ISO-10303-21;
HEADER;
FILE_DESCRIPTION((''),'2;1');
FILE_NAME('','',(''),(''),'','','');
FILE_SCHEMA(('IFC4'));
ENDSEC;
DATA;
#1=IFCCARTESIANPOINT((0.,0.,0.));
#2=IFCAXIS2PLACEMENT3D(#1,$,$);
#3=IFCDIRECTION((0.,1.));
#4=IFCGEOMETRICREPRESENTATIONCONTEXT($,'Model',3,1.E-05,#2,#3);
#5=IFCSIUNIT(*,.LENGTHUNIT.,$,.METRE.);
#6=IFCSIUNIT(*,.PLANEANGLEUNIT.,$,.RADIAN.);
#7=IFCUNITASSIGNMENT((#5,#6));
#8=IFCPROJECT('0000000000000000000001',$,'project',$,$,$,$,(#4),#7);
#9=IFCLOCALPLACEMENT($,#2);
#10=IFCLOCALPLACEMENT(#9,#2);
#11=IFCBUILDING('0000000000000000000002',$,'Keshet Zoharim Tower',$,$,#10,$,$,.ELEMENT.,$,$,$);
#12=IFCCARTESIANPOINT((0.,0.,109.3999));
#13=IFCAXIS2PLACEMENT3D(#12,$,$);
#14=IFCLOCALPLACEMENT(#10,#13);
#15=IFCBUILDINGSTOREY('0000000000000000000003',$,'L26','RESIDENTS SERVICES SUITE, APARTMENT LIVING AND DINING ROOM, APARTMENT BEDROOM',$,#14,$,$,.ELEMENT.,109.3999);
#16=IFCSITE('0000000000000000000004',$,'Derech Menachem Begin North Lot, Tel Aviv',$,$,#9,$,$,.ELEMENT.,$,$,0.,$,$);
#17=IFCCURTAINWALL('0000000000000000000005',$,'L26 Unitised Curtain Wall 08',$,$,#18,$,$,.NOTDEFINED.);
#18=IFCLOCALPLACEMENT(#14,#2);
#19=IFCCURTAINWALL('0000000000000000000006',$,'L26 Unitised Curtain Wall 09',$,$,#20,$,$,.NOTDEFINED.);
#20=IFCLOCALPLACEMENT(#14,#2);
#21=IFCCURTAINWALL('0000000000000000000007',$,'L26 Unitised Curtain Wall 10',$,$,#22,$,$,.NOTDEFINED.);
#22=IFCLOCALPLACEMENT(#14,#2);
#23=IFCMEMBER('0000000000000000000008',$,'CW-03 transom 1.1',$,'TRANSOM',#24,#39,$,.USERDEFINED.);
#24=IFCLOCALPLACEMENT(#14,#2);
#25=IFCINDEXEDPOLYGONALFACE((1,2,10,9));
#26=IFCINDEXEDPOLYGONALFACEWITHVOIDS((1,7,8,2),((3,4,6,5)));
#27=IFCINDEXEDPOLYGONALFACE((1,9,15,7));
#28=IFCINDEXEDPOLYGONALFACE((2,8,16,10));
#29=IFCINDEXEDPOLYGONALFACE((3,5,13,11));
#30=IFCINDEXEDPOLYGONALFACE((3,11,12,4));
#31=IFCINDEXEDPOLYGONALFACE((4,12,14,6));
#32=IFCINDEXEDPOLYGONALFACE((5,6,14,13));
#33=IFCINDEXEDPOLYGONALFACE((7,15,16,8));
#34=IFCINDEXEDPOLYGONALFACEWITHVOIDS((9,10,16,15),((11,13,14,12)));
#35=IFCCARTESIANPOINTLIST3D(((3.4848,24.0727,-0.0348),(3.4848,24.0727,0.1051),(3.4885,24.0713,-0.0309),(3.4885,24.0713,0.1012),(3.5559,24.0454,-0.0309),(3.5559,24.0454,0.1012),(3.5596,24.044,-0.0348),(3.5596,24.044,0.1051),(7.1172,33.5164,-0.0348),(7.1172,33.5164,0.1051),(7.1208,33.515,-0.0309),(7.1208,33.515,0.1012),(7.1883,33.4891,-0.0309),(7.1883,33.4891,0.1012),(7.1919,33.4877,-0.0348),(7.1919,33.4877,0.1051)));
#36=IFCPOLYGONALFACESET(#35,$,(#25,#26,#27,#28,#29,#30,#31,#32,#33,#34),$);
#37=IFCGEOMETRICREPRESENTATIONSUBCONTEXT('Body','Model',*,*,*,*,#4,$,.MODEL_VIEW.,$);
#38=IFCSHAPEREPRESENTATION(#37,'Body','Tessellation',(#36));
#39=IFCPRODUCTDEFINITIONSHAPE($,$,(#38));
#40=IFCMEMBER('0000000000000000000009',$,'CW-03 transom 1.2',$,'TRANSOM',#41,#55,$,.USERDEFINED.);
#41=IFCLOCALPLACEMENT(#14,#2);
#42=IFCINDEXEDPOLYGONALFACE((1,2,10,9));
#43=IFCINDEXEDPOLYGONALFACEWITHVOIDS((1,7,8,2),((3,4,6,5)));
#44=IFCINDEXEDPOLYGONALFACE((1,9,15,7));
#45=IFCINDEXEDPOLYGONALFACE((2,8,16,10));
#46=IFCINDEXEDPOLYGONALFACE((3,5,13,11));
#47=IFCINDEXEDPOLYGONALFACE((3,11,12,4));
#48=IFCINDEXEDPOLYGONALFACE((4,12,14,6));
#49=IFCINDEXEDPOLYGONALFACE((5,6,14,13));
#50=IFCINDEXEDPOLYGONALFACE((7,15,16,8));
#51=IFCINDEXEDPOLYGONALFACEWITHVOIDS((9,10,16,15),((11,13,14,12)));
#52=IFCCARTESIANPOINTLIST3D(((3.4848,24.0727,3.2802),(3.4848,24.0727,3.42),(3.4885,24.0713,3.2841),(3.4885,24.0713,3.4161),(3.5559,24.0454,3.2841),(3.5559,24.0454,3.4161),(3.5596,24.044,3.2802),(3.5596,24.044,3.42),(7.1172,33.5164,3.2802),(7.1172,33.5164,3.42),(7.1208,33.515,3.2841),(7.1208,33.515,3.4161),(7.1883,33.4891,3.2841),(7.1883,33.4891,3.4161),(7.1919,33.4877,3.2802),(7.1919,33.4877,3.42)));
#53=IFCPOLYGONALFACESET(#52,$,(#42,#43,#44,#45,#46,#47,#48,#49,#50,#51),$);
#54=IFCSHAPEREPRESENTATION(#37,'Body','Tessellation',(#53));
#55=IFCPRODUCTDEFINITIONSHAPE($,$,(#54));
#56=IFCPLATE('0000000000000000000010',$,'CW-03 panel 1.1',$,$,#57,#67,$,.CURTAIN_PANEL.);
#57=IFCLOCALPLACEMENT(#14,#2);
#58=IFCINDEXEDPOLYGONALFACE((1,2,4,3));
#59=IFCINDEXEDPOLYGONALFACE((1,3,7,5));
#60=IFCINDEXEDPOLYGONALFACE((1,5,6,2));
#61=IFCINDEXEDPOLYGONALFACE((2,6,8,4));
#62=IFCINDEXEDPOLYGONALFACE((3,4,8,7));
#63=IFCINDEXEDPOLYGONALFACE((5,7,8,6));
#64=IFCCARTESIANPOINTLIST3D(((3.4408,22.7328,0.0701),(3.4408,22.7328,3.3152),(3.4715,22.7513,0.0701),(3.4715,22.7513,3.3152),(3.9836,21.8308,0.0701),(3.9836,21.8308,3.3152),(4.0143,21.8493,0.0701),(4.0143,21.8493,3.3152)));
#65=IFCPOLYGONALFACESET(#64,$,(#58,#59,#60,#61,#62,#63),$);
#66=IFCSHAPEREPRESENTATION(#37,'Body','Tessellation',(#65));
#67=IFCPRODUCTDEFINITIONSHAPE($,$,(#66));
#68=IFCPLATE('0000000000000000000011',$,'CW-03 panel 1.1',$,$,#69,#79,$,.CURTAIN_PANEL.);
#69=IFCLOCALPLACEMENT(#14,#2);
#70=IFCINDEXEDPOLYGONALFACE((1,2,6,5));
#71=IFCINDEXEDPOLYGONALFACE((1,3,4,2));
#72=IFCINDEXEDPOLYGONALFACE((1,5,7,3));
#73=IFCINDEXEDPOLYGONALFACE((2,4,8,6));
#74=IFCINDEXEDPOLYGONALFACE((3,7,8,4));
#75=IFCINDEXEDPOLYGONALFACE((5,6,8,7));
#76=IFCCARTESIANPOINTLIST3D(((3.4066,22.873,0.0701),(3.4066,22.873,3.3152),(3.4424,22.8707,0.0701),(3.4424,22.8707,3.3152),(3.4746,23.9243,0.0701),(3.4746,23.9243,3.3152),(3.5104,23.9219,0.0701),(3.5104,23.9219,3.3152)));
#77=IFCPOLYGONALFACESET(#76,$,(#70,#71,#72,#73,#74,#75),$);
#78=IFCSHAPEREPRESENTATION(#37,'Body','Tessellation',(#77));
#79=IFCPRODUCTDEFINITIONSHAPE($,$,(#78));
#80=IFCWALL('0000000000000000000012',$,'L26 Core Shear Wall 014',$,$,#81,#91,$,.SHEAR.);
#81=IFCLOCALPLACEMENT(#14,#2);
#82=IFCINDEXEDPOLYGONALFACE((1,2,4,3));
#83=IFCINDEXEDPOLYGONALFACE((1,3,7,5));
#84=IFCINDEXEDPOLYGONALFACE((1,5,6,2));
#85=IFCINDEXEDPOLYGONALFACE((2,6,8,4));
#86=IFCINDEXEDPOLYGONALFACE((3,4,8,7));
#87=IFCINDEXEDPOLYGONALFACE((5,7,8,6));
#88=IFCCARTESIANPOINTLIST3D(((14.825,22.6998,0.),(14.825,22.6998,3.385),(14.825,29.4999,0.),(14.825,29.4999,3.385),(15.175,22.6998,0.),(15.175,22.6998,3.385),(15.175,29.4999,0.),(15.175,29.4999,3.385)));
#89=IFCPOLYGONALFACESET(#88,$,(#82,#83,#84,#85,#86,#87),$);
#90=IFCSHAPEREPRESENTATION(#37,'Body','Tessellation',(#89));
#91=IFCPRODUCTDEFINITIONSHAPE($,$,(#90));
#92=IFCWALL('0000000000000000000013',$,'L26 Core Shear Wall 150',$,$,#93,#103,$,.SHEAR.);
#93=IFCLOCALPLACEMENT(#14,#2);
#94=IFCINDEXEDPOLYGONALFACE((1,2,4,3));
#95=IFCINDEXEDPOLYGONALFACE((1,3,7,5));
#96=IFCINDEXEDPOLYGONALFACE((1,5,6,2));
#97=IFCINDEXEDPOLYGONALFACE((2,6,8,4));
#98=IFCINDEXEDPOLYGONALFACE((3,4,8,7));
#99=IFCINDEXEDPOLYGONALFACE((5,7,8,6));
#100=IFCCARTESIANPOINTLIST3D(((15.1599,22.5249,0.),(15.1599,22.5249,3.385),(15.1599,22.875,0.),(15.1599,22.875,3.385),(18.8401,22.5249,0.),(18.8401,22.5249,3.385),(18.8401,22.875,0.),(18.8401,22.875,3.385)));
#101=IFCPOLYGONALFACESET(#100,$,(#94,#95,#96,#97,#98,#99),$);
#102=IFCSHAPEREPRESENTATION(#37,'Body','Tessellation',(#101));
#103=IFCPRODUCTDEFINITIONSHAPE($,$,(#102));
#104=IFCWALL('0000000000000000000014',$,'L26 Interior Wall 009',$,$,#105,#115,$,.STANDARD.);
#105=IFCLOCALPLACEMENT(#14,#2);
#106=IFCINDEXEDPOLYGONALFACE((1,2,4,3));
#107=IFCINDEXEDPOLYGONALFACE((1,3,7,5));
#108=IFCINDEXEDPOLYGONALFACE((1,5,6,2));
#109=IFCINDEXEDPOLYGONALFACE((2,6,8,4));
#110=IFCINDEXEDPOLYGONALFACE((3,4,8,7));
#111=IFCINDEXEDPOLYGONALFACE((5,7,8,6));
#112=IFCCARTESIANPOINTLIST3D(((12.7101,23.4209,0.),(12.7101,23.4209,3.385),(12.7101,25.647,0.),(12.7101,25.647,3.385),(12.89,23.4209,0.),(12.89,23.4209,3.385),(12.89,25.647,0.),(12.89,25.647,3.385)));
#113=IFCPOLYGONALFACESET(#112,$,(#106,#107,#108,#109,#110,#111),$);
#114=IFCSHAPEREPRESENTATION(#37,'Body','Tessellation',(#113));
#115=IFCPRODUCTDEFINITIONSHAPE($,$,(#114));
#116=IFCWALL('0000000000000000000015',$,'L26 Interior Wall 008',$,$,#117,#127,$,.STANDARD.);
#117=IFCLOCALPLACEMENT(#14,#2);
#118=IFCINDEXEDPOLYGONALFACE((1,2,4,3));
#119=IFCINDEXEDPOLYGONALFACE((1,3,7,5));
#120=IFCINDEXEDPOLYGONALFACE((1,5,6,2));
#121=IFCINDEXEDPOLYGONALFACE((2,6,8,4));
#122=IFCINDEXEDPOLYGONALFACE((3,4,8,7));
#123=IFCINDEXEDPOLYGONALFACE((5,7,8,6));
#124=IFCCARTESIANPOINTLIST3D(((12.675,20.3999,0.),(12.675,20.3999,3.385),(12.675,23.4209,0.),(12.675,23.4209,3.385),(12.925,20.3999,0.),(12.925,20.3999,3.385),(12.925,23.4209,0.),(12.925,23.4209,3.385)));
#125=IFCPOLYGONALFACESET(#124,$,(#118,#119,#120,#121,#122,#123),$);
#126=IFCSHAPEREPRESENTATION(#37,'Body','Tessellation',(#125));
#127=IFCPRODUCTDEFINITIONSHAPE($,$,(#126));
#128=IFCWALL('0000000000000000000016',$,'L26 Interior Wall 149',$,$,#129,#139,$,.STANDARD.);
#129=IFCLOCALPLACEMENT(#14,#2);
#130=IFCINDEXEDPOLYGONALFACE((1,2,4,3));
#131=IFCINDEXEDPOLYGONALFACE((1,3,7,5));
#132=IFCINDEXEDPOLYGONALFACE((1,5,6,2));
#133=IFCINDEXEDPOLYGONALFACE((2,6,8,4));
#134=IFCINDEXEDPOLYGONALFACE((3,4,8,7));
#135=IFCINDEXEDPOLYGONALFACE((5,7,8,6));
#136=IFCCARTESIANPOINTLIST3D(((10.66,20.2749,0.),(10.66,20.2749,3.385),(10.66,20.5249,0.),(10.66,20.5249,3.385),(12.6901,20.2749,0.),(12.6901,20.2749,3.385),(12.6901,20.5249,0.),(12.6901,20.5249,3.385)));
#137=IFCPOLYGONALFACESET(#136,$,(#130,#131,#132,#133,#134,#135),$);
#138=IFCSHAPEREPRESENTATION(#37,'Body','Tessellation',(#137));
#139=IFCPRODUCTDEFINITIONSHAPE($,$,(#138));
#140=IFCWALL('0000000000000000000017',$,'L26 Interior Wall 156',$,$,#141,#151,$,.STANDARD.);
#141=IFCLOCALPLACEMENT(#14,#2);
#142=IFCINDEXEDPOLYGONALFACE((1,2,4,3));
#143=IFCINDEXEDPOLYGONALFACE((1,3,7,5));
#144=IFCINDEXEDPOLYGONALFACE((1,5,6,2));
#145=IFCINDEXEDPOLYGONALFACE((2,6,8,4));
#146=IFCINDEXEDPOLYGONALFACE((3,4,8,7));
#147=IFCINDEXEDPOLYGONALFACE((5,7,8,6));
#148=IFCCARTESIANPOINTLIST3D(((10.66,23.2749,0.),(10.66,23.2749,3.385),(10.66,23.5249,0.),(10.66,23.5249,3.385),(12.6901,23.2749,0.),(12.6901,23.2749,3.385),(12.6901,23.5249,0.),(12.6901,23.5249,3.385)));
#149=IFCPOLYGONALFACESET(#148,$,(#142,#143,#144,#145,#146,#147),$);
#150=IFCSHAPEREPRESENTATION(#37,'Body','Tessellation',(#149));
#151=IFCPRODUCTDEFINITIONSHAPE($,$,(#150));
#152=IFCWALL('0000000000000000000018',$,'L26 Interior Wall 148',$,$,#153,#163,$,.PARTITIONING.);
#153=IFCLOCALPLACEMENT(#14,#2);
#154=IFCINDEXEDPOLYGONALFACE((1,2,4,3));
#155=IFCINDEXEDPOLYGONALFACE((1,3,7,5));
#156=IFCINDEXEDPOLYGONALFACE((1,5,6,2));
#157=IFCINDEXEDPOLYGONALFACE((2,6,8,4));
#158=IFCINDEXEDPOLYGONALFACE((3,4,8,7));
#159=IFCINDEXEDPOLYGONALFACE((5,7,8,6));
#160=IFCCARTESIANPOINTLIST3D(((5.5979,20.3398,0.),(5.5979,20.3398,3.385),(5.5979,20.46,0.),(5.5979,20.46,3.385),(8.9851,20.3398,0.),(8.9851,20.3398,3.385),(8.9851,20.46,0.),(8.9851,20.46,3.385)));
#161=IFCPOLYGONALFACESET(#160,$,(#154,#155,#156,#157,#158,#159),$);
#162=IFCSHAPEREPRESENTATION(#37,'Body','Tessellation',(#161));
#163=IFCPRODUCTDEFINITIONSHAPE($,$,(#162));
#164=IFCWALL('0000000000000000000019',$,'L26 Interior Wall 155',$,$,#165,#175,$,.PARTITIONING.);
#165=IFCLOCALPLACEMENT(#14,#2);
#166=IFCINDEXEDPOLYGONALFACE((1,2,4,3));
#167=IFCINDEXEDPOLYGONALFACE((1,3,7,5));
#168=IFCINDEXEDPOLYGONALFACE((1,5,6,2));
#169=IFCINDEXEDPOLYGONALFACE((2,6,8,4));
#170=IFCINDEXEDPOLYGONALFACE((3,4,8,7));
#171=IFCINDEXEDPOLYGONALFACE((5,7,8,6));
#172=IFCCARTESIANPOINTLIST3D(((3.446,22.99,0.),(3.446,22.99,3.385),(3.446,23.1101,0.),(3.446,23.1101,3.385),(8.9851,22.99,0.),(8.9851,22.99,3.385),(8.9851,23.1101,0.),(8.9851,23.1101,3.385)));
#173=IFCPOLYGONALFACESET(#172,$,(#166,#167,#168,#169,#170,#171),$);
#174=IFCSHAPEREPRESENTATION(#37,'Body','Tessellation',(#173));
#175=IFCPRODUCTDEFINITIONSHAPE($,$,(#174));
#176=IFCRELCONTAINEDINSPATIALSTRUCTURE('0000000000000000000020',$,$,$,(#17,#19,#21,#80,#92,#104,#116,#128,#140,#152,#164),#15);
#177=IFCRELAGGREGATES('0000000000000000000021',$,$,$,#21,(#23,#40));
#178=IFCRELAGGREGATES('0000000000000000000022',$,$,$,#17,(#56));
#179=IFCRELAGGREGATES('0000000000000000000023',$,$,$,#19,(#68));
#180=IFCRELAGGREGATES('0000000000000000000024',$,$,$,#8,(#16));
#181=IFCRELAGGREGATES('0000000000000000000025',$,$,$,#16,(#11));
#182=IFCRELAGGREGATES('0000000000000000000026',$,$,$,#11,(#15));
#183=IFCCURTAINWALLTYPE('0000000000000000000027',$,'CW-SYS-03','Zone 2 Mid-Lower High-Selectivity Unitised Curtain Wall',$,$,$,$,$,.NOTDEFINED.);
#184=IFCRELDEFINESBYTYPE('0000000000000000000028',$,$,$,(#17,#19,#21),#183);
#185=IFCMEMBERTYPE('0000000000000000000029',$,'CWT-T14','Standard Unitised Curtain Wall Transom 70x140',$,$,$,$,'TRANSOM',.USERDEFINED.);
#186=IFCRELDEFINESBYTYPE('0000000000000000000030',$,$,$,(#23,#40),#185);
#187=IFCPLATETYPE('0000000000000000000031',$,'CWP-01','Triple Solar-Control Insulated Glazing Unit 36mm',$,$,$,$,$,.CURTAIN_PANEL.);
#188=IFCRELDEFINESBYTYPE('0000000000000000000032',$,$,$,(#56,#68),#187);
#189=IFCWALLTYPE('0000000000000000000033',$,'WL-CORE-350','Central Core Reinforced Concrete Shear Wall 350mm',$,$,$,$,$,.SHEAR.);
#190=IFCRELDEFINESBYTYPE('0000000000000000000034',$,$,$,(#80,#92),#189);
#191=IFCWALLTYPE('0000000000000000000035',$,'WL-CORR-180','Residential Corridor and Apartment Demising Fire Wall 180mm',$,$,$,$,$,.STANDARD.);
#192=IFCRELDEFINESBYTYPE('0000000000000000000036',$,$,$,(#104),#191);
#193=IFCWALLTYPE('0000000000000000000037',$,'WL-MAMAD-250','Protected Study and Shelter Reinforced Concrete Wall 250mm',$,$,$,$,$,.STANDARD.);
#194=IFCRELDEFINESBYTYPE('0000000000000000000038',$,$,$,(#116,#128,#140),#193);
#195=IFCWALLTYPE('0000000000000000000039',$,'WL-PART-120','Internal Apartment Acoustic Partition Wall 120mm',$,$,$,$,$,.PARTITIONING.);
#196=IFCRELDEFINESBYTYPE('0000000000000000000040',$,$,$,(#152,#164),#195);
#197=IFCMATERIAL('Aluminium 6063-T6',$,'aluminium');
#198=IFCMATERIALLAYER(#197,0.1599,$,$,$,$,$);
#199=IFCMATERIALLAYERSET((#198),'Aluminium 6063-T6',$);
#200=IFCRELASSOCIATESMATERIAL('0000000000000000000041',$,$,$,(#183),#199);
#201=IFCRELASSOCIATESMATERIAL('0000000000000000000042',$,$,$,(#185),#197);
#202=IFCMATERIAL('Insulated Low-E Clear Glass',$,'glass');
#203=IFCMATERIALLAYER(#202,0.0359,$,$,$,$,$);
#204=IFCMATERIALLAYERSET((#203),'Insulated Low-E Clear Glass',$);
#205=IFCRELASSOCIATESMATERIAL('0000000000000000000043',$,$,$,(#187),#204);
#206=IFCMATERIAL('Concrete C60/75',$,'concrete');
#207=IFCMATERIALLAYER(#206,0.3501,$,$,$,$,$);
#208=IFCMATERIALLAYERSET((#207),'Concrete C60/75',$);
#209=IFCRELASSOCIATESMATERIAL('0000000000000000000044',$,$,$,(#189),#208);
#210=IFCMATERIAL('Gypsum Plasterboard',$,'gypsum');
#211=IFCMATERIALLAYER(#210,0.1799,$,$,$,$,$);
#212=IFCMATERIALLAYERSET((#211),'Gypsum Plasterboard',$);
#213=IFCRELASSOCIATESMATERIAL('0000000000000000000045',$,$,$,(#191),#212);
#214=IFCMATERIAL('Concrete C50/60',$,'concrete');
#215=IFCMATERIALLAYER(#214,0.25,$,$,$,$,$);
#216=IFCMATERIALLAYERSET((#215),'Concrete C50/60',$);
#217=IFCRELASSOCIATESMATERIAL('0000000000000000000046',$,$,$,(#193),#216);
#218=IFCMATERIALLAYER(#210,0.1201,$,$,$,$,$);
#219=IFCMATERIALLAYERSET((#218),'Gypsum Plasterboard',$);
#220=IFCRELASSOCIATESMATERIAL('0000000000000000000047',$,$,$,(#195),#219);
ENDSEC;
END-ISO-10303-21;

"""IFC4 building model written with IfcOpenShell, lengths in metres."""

from ifc_helpers import new_model, si_unit, direction, frame, frame_2d, origin, origin_2d, place, context, subcontext, project, spatial, rectangle, hollow_rectangle, extrude, material, layer, layer_set, material_profile, profile_set, type_object, element, aggregate, save


model = new_model("IFC4")

# Units and contexts
model_context = context("Model", 3, precision=1e-05, world=origin(), true_north=direction((0.0, 1.0)))
body_context = subcontext(model_context, "Body", "Model", "MODEL_VIEW")
ifc_project = project(units=[si_unit("LENGTHUNIT", "METRE"), si_unit("PLANEANGLEUNIT", "RADIAN")], contexts=[model_context])

# Site, building, storey
site_placement = place(None, origin())
site = spatial("IfcSite", under=ifc_project, at=site_placement, Name="Derech Menachem Begin North Lot, Tel Aviv", CompositionType="ELEMENT", RefElevation=0.0)
building_placement = place(site_placement, origin())
building = spatial("IfcBuilding", under=site, at=building_placement, Name="Keshet Zoharim Tower", CompositionType="ELEMENT")
storey_placement = place(building_placement, frame((0.0, 0.0, 109.3999)))
storey = spatial("IfcBuildingStorey", under=building, at=storey_placement, Name="L26", Description="RESIDENTS SERVICES SUITE, APARTMENT LIVING AND DINING ROOM, APARTMENT BEDROOM", CompositionType="ELEMENT", Elevation=109.3999)

# Shared definitions
ifc_material_1 = material(Name="Concrete C60/75", Category="concrete")

# Shared definitions
ifc_material_2 = material(Name="Aluminium 6063-T6", Category="aluminium")
ifc_layer_1 = layer(ifc_material_2, 0.1599)
ifc_layer_set_1 = layer_set([ifc_layer_1], Name="Aluminium 6063-T6")
curtain_wall_type = type_object("IfcCurtainWallType", Name="CW-SYS-03", Description="Zone 2 Mid-Lower High-Selectivity Unitised Curtain Wall", PredefinedType="NOTDEFINED", material=ifc_layer_set_1)

# Curtain walls
curtain_wall_1_placement = place(storey_placement, origin())
curtain_wall_1 = element("IfcCurtainWall", 1, at=curtain_wall_1_placement, inside=storey, type_object=curtain_wall_type, Name="L26 Unitised Curtain Wall 08", PredefinedType="NOTDEFINED")
curtain_wall_2_placement = place(storey_placement, origin())
curtain_wall_2 = element("IfcCurtainWall", 2, at=curtain_wall_2_placement, inside=storey, type_object=curtain_wall_type, Name="L26 Unitised Curtain Wall 09", PredefinedType="NOTDEFINED")

# Curtain wall
curtain_wall_3_placement = place(storey_placement, origin())
curtain_wall_3 = element("IfcCurtainWall", 3, at=curtain_wall_3_placement, inside=storey, type_object=curtain_wall_type, Name="L26 Unitised Curtain Wall 10", PredefinedType="NOTDEFINED")

# Members
ifc_material_profile_1 = material_profile(ifc_material_2, hollow_rectangle(XDim=0.0801, YDim=0.1399, WallThickness=0.0039, at=origin_2d()), Name="TRN-80x140")
ifc_profile_set_1 = profile_set([ifc_material_profile_1], Name="Aluminium 6063-T6")
member_type_1 = type_object("IfcMemberType", Name="CWT-T14", Description="Standard Unitised Curtain Wall Transom 70x140", ElementType="TRANSOM", PredefinedType="USERDEFINED", material=ifc_profile_set_1)
member_1_placement = place(storey_placement, frame((3.5222, 24.0583, 0.0352), z_axis=(0.358994, 0.93334, 0.0), x_axis=(-0.93334, 0.358994, 0.0)))
member_1 = element("IfcMember", 4, at=member_1_placement, type_object=member_type_1, Name="CW-03 transom 1.1", ObjectType="TRANSOM", PredefinedType="USERDEFINED", context=body_context, shape_type="SweptSolid", body=[
    extrude(hollow_rectangle(XDim=0.0801, YDim=0.1399, WallThickness=0.0039, at=origin_2d()), origin(), (0.0, 0.0, 1.0), 10.1182),
])
member_2_placement = place(storey_placement, frame((3.5222, 24.0583, 3.3501), z_axis=(0.358994, 0.93334, 0.0), x_axis=(-0.93334, 0.358994, 0.0)))
member_2 = element("IfcMember", 5, at=member_2_placement, type_object=member_type_1, Name="CW-03 transom 1.2", ObjectType="TRANSOM", PredefinedType="USERDEFINED", context=body_context, shape_type="SweptSolid", body=[
    extrude(hollow_rectangle(XDim=0.0801, YDim=0.1399, WallThickness=0.0039, at=origin_2d()), origin(), (0.0, 0.0, 1.0), 10.1182),
])
aggregate(curtain_wall_3, [member_1, member_2])

# Plates
ifc_material_3 = material(Name="Insulated Low-E Clear Glass", Category="glass")
ifc_layer_2 = layer(ifc_material_3, 0.0359)
ifc_layer_set_2 = layer_set([ifc_layer_2], Name="Insulated Low-E Clear Glass")
plate_type = type_object("IfcPlateType", Name="CWP-01", Description="Triple Solar-Control Insulated Glazing Unit 36mm", PredefinedType="CURTAIN_PANEL", material=ifc_layer_set_2)
plate_1_placement = place(storey_placement, frame((3.7275, 22.291, 0.0701), z_axis=(0.0, 0.0, 1.0), x_axis=(-0.515605, 0.856826, 0.0)))
plate_1 = element("IfcPlate", 6, at=plate_1_placement, type_object=plate_type, Name="CW-03 panel 1.1", PredefinedType="CURTAIN_PANEL", context=body_context, shape_type="SweptSolid", body=[
    extrude(rectangle(XDim=1.0527, YDim=0.0359, at=origin_2d()), origin(), (0.0, 0.0, 1.0), 3.2451),
])
aggregate(curtain_wall_1, [plate_1])
plate_2_placement = place(storey_placement, frame((3.4585, 23.3975, 0.0701), z_axis=(0.0, 0.0, 1.0), x_axis=(0.064517, 0.997917, 0.0)))
plate_2 = element("IfcPlate", 7, at=plate_2_placement, type_object=plate_type, Name="CW-03 panel 1.1", PredefinedType="CURTAIN_PANEL", context=body_context, shape_type="SweptSolid", body=[
    extrude(rectangle(XDim=1.0535, YDim=0.0359, at=origin_2d()), origin(), (0.0, 0.0, 1.0), 3.2451),
])
aggregate(curtain_wall_2, [plate_2])

# Walls
ifc_layer_3 = layer(ifc_material_1, 0.3501)
ifc_layer_set_3 = layer_set([ifc_layer_3], Name="Concrete C60/75")
wall_type_1 = type_object("IfcWallType", Name="WL-CORE-350", Description="Central Core Reinforced Concrete Shear Wall 350mm", PredefinedType="SHEAR", material=ifc_layer_set_3)
wall_1_placement = place(storey_placement, frame((15.0, 22.7, 0.0), z_axis=(0.0, 0.0, 1.0), x_axis=(0.0, 1.0, 0.0)))
element("IfcWall", 8, at=wall_1_placement, inside=storey, type_object=wall_type_1, Name="L26 Core Shear Wall 014", PredefinedType="SHEAR", context=body_context, shape_type="SweptSolid", body=[
    extrude(rectangle(XDim=6.8, YDim=0.3501, at=frame_2d((3.3999, 0.0))), origin(), (0.0, 0.0, 1.0), 3.385),
])
wall_2_placement = place(storey_placement, frame((15.1599, 22.7, 0.0), z_axis=(0.0, 0.0, 1.0), x_axis=(1.0, 0.0, 0.0)))
element("IfcWall", 9, at=wall_2_placement, inside=storey, type_object=wall_type_1, Name="L26 Core Shear Wall 150", PredefinedType="SHEAR", context=body_context, shape_type="SweptSolid", body=[
    extrude(rectangle(XDim=3.6802, YDim=0.3501, at=frame_2d((1.8401, 0.0))), origin(), (0.0, 0.0, 1.0), 3.385),
])
ifc_material_4 = material(Name="Gypsum Plasterboard", Category="gypsum")
ifc_layer_4 = layer(ifc_material_4, 0.1799)
ifc_layer_set_4 = layer_set([ifc_layer_4], Name="Gypsum Plasterboard")
wall_type_2 = type_object("IfcWallType", Name="WL-CORR-180", Description="Residential Corridor and Apartment Demising Fire Wall 180mm", PredefinedType="STANDARD", material=ifc_layer_set_4)
wall_3_placement = place(storey_placement, frame((12.8, 23.4209, 0.0), z_axis=(0.0, 0.0, 1.0), x_axis=(0.0, 1.0, 0.0)))
element("IfcWall", 10, at=wall_3_placement, inside=storey, type_object=wall_type_2, Name="L26 Interior Wall 009", PredefinedType="STANDARD", context=body_context, shape_type="SweptSolid", body=[
    extrude(rectangle(XDim=2.2261, YDim=0.1799, at=frame_2d((1.113, 0.0))), origin(), (0.0, 0.0, 1.0), 3.385),
])

# Shared definitions
ifc_material_5 = material(Name="Concrete C50/60", Category="concrete")
ifc_layer_5 = layer(ifc_material_5, 0.25)
ifc_layer_set_5 = layer_set([ifc_layer_5], Name="Concrete C50/60")
wall_type_3 = type_object("IfcWallType", Name="WL-MAMAD-250", Description="Protected Study and Shelter Reinforced Concrete Wall 250mm", PredefinedType="STANDARD", material=ifc_layer_set_5)

# Walls
wall_4_placement = place(storey_placement, frame((12.8, 20.3999, 0.0), z_axis=(0.0, 0.0, 1.0), x_axis=(0.0, 1.0, 0.0)))
element("IfcWall", 11, at=wall_4_placement, inside=storey, type_object=wall_type_3, Name="L26 Interior Wall 008", PredefinedType="STANDARD", context=body_context, shape_type="SweptSolid", body=[
    extrude(rectangle(XDim=3.021, YDim=0.25, at=frame_2d((1.5105, 0.0))), origin(), (0.0, 0.0, 1.0), 3.385),
])
for number, where, z_axis, x_axis, name in (
    (12, (10.6599, 20.3999, 0.0), (0.0, 0.0, 1.0), (1.0, 0.0, 0.0), "L26 Interior Wall 149"),
    (13, (10.6599, 23.3999, 0.0), (0.0, 0.0, 1.0), (1.0, 0.0, 0.0), "L26 Interior Wall 156"),
):
    element("IfcWall", number, at=place(storey_placement, frame(where, z_axis=z_axis, x_axis=x_axis)), inside=storey, type_object=wall_type_3, Name=name, PredefinedType="STANDARD", context=body_context, shape_type="SweptSolid", body=[
        extrude(rectangle(XDim=2.03, YDim=0.25, at=frame_2d((1.0151, 0.0))), origin(), (0.0, 0.0, 1.0), 3.385),
    ])

# Shared definitions
ifc_layer_6 = layer(ifc_material_4, 0.1201)
ifc_layer_set_6 = layer_set([ifc_layer_6], Name="Gypsum Plasterboard")
wall_type_4 = type_object("IfcWallType", Name="WL-PART-120", Description="Internal Apartment Acoustic Partition Wall 120mm", PredefinedType="PARTITIONING", material=ifc_layer_set_6)

# Walls
wall_5_placement = place(storey_placement, frame((5.5979, 20.3999, 0.0), z_axis=(0.0, 0.0, 1.0), x_axis=(1.0, 0.0, 0.0)))
element("IfcWall", 14, at=wall_5_placement, inside=storey, type_object=wall_type_4, Name="L26 Interior Wall 148", PredefinedType="PARTITIONING", context=body_context, shape_type="SweptSolid", body=[
    extrude(rectangle(XDim=3.3872, YDim=0.1201, at=frame_2d((1.6936, 0.0))), origin(), (0.0, 0.0, 1.0), 3.385),
])
wall_6_placement = place(storey_placement, frame((3.446, 23.05, 0.0), z_axis=(0.0, 0.0, 1.0), x_axis=(1.0, 0.0, 0.0)))
element("IfcWall", 15, at=wall_6_placement, inside=storey, type_object=wall_type_4, Name="L26 Interior Wall 155", PredefinedType="PARTITIONING", context=body_context, shape_type="SweptSolid", body=[
    extrude(rectangle(XDim=5.5391, YDim=0.1201, at=frame_2d((2.7695, 0.0))), origin(), (0.0, 0.0, 1.0), 3.385),
])

save(model, "model.ifc")
